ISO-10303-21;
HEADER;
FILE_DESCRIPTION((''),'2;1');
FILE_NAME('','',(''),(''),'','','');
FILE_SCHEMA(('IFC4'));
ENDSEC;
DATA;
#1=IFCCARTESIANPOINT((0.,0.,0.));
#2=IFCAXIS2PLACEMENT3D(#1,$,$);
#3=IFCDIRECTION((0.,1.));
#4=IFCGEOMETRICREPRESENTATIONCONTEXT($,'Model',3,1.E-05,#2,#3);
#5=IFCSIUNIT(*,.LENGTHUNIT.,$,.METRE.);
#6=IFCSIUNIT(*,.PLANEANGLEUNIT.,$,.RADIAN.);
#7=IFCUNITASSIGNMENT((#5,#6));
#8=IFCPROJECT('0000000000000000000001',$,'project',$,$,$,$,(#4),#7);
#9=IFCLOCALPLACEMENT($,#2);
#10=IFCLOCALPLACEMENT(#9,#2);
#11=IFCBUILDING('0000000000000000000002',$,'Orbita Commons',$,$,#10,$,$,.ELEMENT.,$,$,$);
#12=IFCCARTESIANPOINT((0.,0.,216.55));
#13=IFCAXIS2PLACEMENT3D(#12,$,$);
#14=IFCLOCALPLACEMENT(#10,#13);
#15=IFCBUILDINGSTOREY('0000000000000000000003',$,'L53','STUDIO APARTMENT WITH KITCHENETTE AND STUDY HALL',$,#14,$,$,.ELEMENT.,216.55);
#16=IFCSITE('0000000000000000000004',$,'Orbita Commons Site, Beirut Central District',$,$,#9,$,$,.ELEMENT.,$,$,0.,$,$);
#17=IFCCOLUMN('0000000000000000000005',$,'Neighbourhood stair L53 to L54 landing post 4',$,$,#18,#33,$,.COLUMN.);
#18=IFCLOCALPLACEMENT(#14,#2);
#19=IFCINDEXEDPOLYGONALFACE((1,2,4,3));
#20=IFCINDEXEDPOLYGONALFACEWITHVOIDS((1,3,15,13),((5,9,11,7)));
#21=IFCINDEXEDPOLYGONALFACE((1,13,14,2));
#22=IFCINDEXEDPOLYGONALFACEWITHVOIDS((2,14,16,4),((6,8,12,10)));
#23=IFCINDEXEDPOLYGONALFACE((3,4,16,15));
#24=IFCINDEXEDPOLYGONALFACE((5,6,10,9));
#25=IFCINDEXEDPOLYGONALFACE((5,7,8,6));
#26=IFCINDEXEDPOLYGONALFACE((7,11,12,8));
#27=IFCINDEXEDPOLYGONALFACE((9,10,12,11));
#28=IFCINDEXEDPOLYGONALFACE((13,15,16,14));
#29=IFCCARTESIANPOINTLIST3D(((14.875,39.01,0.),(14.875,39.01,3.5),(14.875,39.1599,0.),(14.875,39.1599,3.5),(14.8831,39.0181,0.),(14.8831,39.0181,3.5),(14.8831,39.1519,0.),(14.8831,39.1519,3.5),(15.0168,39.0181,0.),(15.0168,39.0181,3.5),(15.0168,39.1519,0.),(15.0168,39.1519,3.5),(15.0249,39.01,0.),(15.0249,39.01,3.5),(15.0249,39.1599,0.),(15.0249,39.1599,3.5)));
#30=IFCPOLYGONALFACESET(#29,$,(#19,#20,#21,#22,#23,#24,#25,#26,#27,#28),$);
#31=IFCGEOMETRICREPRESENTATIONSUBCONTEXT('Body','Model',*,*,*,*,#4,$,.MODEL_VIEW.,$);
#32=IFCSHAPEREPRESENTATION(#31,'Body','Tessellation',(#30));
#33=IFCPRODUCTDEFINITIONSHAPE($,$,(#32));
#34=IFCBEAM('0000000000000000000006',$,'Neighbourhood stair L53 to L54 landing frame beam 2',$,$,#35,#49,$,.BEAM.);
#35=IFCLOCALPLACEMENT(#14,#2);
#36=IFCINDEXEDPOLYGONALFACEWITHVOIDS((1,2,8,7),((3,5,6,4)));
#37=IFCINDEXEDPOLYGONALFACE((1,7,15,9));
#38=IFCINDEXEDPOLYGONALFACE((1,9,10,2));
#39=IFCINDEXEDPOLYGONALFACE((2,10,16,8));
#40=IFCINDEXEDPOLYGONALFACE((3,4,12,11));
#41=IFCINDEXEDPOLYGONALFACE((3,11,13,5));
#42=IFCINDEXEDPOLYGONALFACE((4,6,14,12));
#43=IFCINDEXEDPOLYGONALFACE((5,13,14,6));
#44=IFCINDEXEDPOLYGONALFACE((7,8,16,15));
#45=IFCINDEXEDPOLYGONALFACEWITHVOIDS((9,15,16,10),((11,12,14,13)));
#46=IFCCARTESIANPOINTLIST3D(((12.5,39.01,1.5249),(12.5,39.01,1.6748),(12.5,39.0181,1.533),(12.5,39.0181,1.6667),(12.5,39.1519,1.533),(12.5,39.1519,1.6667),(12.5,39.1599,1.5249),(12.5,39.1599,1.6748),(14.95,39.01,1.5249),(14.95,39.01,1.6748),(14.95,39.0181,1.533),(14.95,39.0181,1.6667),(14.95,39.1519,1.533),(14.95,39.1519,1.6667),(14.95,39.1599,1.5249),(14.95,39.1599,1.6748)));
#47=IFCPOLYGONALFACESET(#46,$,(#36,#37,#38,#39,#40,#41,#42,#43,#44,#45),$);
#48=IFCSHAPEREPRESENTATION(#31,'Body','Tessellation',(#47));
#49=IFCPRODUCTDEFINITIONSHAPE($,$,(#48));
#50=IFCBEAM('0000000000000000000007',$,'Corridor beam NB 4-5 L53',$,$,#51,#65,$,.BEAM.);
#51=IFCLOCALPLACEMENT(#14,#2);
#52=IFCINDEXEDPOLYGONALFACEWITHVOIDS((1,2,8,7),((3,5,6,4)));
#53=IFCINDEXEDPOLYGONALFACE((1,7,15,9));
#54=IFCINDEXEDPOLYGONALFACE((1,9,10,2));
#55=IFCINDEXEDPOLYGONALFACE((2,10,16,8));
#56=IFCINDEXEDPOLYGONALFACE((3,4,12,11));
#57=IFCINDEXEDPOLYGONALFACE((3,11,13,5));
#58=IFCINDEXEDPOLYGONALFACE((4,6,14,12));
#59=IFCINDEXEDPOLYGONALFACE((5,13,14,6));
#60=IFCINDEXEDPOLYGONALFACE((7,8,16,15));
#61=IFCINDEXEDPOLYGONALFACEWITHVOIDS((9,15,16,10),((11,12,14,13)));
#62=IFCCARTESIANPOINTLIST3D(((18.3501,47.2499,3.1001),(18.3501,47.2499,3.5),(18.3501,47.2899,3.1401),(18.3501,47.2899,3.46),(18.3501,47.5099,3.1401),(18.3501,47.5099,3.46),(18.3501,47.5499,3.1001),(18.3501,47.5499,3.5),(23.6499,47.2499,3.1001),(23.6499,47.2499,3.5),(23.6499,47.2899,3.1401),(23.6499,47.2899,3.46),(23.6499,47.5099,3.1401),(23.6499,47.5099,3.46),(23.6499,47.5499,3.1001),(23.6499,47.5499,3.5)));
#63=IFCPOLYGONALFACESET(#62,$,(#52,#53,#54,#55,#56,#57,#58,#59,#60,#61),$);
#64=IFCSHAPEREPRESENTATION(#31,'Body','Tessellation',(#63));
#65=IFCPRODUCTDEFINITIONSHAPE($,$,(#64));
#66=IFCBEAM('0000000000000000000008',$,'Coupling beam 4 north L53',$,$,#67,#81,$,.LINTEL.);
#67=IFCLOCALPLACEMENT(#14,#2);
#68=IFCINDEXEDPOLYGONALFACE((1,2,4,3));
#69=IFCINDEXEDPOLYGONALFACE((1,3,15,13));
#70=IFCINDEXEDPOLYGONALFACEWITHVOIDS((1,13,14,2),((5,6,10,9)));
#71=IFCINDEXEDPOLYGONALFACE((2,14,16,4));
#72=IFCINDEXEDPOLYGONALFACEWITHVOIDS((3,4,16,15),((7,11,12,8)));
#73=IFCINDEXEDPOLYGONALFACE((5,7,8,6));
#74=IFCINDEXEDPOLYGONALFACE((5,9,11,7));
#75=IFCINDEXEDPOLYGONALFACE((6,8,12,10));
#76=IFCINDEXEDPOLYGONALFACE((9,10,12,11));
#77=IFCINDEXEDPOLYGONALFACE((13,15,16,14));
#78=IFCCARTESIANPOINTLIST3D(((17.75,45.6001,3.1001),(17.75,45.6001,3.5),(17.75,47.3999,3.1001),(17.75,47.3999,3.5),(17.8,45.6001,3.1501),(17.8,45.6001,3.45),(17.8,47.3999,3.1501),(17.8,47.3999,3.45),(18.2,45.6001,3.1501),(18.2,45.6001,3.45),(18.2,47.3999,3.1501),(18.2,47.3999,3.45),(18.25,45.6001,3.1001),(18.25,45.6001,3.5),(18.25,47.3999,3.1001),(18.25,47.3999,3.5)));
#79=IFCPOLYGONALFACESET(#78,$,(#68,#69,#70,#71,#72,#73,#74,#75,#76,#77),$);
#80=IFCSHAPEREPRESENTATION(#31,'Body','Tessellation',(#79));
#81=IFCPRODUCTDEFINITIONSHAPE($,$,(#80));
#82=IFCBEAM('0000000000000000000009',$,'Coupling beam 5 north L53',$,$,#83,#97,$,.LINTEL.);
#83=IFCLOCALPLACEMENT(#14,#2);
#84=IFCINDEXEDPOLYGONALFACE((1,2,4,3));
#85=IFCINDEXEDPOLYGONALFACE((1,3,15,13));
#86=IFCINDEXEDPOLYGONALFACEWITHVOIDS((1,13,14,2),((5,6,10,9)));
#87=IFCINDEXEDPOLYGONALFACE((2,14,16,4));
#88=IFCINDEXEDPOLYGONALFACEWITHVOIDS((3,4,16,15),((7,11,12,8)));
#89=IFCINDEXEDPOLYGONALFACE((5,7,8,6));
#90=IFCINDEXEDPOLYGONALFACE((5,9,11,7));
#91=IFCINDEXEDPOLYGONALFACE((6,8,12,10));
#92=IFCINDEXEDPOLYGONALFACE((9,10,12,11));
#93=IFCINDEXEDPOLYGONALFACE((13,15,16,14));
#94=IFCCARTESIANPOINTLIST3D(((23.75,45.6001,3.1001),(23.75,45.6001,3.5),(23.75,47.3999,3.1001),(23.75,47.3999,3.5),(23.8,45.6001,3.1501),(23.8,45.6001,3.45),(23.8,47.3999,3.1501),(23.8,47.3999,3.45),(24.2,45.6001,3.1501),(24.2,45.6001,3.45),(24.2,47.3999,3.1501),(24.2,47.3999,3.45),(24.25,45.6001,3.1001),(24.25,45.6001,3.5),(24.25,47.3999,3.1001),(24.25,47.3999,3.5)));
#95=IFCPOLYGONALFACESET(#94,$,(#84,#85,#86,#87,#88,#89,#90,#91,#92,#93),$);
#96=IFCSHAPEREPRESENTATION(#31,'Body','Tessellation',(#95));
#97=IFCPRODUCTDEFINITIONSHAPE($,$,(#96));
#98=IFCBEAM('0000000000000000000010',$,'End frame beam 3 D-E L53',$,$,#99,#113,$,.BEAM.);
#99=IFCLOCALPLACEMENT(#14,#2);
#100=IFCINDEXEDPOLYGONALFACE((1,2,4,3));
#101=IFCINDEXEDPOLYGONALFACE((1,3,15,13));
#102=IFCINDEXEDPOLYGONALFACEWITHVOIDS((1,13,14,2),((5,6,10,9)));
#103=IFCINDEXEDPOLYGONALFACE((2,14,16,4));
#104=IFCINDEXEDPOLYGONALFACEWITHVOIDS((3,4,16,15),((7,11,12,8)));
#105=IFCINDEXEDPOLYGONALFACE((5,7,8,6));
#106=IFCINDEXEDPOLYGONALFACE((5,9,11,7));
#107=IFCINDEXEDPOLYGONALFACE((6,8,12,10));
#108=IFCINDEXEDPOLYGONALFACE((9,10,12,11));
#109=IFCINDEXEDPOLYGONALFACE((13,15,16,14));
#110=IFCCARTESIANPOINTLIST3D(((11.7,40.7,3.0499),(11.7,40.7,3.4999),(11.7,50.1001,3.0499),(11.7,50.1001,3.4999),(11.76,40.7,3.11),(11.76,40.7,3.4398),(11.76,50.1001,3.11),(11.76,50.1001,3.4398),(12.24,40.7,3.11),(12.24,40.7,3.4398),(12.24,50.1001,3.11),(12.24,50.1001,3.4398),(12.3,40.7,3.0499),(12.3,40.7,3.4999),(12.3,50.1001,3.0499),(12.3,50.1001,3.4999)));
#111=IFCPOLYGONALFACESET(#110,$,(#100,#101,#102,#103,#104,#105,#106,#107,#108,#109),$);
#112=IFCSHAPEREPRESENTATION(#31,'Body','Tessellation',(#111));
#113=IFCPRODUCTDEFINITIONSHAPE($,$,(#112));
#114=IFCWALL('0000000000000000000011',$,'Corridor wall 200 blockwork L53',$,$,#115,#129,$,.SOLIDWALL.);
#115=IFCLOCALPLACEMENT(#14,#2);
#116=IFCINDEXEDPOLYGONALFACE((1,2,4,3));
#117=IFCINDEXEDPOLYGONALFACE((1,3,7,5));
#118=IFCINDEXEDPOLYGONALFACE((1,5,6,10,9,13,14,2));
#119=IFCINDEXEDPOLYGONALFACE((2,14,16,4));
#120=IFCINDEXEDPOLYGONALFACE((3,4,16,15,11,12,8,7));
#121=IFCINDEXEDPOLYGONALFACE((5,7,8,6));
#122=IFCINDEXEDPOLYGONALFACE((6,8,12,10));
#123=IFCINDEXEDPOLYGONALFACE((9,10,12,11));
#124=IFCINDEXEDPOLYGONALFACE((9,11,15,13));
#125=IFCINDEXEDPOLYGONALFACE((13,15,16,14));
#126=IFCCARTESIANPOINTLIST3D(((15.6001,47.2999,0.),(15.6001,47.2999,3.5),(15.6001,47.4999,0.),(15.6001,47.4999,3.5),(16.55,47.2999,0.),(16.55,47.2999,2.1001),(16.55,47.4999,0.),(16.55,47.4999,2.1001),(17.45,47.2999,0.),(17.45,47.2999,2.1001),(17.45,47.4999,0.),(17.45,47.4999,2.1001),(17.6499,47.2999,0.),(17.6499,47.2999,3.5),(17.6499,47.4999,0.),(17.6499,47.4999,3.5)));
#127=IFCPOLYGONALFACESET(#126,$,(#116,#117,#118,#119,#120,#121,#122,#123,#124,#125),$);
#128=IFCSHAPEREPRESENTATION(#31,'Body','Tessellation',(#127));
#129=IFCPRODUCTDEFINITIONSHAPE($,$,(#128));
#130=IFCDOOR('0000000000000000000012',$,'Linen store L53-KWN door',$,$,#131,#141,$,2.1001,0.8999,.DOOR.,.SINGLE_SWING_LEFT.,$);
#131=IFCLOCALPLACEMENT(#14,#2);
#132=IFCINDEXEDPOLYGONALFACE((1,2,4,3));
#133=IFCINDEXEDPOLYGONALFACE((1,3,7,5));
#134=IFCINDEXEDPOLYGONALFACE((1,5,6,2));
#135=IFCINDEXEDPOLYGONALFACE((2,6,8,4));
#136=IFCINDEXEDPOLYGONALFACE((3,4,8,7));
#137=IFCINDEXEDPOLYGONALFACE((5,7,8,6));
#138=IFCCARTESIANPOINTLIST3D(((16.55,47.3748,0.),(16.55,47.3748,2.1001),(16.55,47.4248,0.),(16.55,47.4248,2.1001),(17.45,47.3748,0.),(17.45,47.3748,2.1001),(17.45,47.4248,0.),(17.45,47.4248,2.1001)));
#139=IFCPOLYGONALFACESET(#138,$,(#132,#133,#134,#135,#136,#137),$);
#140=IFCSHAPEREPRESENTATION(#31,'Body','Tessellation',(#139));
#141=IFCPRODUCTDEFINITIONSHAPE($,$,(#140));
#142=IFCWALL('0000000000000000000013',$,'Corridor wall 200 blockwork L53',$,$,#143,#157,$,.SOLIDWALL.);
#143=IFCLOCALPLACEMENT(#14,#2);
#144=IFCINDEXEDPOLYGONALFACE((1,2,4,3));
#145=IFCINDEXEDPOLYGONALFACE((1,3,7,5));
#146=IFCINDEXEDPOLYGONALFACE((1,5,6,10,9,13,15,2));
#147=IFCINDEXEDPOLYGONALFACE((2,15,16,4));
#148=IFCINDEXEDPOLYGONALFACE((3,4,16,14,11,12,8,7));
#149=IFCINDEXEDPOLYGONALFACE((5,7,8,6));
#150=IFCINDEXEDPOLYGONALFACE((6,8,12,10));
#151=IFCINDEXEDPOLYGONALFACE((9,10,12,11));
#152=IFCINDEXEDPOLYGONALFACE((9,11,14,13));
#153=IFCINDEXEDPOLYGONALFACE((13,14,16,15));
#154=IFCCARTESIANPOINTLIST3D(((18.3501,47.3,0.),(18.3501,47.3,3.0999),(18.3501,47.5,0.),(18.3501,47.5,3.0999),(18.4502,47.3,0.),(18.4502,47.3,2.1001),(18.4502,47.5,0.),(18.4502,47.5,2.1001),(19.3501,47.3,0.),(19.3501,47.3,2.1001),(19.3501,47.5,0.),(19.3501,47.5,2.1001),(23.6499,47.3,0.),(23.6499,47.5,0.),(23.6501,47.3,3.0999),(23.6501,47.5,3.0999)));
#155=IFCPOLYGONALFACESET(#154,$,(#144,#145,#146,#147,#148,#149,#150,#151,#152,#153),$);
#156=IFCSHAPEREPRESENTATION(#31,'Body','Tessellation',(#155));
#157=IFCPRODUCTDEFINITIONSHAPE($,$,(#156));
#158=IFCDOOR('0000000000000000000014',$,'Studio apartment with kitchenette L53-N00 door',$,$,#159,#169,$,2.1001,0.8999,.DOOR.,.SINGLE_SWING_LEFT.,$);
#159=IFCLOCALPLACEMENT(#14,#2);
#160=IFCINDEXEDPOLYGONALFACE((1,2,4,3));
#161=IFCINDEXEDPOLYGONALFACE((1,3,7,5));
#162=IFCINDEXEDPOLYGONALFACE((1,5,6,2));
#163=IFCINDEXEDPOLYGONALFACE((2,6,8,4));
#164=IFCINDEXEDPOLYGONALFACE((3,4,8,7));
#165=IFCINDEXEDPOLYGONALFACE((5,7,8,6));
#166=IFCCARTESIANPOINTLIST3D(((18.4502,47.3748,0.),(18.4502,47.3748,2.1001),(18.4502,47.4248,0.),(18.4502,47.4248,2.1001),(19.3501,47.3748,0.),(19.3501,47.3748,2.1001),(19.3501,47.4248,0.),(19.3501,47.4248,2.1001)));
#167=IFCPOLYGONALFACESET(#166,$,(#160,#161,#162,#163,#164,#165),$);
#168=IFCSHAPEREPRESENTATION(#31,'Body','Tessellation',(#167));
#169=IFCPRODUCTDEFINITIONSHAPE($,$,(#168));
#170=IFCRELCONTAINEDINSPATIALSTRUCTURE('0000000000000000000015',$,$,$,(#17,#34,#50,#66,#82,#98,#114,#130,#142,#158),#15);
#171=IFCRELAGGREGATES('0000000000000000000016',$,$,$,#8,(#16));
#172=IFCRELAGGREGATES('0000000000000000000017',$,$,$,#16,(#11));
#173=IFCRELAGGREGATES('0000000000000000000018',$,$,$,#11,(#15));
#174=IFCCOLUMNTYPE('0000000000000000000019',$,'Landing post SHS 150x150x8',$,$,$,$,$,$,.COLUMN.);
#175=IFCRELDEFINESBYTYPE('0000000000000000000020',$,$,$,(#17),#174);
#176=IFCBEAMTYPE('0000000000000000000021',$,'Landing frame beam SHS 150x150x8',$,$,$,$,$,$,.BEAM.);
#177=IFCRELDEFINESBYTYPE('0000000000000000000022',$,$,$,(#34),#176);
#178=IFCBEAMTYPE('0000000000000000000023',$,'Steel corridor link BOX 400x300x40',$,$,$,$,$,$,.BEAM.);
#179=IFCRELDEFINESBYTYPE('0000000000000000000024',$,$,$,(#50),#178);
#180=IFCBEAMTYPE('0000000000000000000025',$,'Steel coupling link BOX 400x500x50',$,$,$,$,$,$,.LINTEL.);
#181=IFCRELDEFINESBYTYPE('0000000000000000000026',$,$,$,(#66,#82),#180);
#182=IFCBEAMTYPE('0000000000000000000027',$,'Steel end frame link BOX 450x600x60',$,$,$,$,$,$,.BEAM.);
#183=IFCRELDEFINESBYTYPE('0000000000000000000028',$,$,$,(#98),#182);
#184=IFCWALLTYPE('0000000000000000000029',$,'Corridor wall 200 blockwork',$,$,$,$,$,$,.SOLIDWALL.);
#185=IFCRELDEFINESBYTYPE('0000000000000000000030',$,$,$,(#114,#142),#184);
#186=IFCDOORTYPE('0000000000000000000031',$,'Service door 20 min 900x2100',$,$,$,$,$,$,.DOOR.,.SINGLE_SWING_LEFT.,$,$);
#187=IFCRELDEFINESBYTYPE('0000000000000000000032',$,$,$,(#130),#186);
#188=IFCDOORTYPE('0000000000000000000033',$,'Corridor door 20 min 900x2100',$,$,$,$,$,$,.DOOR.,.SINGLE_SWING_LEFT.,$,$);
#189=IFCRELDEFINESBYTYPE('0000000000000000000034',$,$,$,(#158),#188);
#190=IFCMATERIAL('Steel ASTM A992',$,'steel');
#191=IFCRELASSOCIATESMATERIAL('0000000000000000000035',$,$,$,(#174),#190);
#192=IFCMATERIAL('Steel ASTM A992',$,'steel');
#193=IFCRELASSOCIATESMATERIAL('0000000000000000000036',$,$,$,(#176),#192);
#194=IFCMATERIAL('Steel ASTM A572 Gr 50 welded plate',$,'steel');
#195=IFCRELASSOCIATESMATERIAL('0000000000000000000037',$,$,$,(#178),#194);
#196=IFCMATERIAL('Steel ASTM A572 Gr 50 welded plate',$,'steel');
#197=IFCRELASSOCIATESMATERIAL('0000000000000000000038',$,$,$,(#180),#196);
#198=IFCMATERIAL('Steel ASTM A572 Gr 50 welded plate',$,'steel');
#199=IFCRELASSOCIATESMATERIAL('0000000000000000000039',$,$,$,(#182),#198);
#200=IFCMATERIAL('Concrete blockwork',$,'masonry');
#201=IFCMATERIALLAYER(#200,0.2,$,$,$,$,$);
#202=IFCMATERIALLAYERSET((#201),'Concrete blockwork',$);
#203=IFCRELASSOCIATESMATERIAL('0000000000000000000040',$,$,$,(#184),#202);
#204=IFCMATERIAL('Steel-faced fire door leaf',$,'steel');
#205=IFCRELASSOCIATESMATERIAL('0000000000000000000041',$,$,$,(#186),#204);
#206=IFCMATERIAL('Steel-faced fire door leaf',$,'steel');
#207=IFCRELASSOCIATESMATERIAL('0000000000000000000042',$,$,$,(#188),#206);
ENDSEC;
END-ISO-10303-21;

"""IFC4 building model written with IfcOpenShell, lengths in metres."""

from ifc_helpers import new_model, si_unit, direction, frame, frame_2d, origin, origin_2d, place, context, subcontext, project, spatial, polyline, rectangle, hollow_rectangle, outline, extrude, material, layer, layer_set, material_profile, profile_set, type_object, element, fill, save


model = new_model("IFC4")

# Units and contexts
model_context = context("Model", 3, precision=1e-05, world=origin(), true_north=direction((0.0, 1.0)))
body_context = subcontext(model_context, "Body", "Model", "MODEL_VIEW")
ifc_project = project(units=[si_unit("LENGTHUNIT", "METRE"), si_unit("PLANEANGLEUNIT", "RADIAN")], contexts=[model_context])

# Site, building, storey
site_placement = place(None, origin())
site = spatial("IfcSite", under=ifc_project, at=site_placement, Name="Orbita Commons Site, Beirut Central District", CompositionType="ELEMENT", RefElevation=0.0)
building_placement = place(site_placement, origin())
building = spatial("IfcBuilding", under=site, at=building_placement, Name="Orbita Commons", CompositionType="ELEMENT")
storey_placement = place(building_placement, frame((0.0, 0.0, 216.55)))
storey = spatial("IfcBuildingStorey", under=building, at=storey_placement, Name="L53", Description="STUDIO APARTMENT WITH KITCHENETTE AND STUDY HALL", CompositionType="ELEMENT", Elevation=216.55)

# Column
ifc_material_1 = material(Name="Steel ASTM A992", Category="steel")
ifc_material_profile_1 = material_profile(ifc_material_1, hollow_rectangle(XDim=0.1499, YDim=0.1499, WallThickness=0.0081, at=origin_2d()), Name="SHS 150x150x8")
ifc_profile_set_1 = profile_set([ifc_material_profile_1], Name="Steel ASTM A992")
column_type = type_object("IfcColumnType", Name="Landing post SHS 150x150x8", PredefinedType="COLUMN", material=ifc_profile_set_1)
column_placement = place(storey_placement, frame((14.95, 39.085, 0.0), z_axis=(0.0, 0.0, 1.0), x_axis=(1.0, 0.0, 0.0)))
element("IfcColumn", 1, at=column_placement, inside=storey, type_object=column_type, Name="Neighbourhood stair L53 to L54 landing post 4", PredefinedType="COLUMN", context=body_context, shape_type="SweptSolid", body=[
    extrude(hollow_rectangle(XDim=0.1499, YDim=0.1499, WallThickness=0.0081, at=origin_2d()), origin(), (0.0, 0.0, 1.0), 3.5),
])

# Beams
ifc_material_2 = material(Name="Steel ASTM A992", Category="steel")
ifc_material_profile_2 = material_profile(ifc_material_2, hollow_rectangle(XDim=0.1499, YDim=0.1499, WallThickness=0.0081, at=origin_2d()), Name="SHS 150x150x8")
ifc_profile_set_2 = profile_set([ifc_material_profile_2], Name="Steel ASTM A992")
beam_type_1 = type_object("IfcBeamType", Name="Landing frame beam SHS 150x150x8", PredefinedType="BEAM", material=ifc_profile_set_2)
beam_1_placement = place(storey_placement, frame((12.5, 39.085, 1.5999), z_axis=(1.0, 0.0, 0.0), x_axis=(0.0, 1.0, 0.0)))
element("IfcBeam", 2, at=beam_1_placement, inside=storey, type_object=beam_type_1, Name="Neighbourhood stair L53 to L54 landing frame beam 2", PredefinedType="BEAM", context=body_context, shape_type="SweptSolid", body=[
    extrude(hollow_rectangle(XDim=0.1499, YDim=0.1499, WallThickness=0.0081, at=origin_2d()), origin(), (0.0, 0.0, 1.0), 2.45),
])
ifc_material_3 = material(Name="Steel ASTM A572 Gr 50 welded plate", Category="steel")
ifc_material_profile_3 = material_profile(ifc_material_3, hollow_rectangle(XDim=0.3, YDim=0.3999, WallThickness=0.04, at=origin_2d()), Name="BOX 400x300x40")
ifc_profile_set_3 = profile_set([ifc_material_profile_3], Name="Steel ASTM A572 Gr 50 welded plate")
beam_type_2 = type_object("IfcBeamType", Name="Steel corridor link BOX 400x300x40", PredefinedType="BEAM", material=ifc_profile_set_3)
beam_2_placement = place(storey_placement, frame((18.3501, 47.3999, 3.3), z_axis=(1.0, 0.0, 0.0), x_axis=(0.0, 1.0, 0.0)))
element("IfcBeam", 3, at=beam_2_placement, inside=storey, type_object=beam_type_2, Name="Corridor beam NB 4-5 L53", PredefinedType="BEAM", context=body_context, shape_type="SweptSolid", body=[
    extrude(hollow_rectangle(XDim=0.3, YDim=0.3999, WallThickness=0.04, at=origin_2d()), origin(), (0.0, 0.0, 1.0), 5.2998),
])
ifc_material_4 = material(Name="Steel ASTM A572 Gr 50 welded plate", Category="steel")
ifc_material_profile_4 = material_profile(ifc_material_4, hollow_rectangle(XDim=0.5, YDim=0.3999, WallThickness=0.05, at=origin_2d()), Name="BOX 400x500x50")
ifc_profile_set_4 = profile_set([ifc_material_profile_4], Name="Steel ASTM A572 Gr 50 welded plate")
beam_type_3 = type_object("IfcBeamType", Name="Steel coupling link BOX 400x500x50", PredefinedType="LINTEL", material=ifc_profile_set_4)
for number, where, z_axis, x_axis, name in (
    (4, (18.0, 45.6001, 3.3), (0.0, 1.0, 0.0), (-1.0, 0.0, 0.0), "Coupling beam 4 north L53"),
    (5, (24.0, 45.6001, 3.3), (0.0, 1.0, 0.0), (-1.0, 0.0, 0.0), "Coupling beam 5 north L53"),
):
    element("IfcBeam", number, at=place(storey_placement, frame(where, z_axis=z_axis, x_axis=x_axis)), inside=storey, type_object=beam_type_3, Name=name, PredefinedType="LINTEL", context=body_context, shape_type="SweptSolid", body=[
        extrude(hollow_rectangle(XDim=0.5, YDim=0.3999, WallThickness=0.05, at=origin_2d()), origin(), (0.0, 0.0, 1.0), 1.7998),
    ])
ifc_material_5 = material(Name="Steel ASTM A572 Gr 50 welded plate", Category="steel")
ifc_material_profile_5 = material_profile(ifc_material_5, hollow_rectangle(XDim=0.6001, YDim=0.45, WallThickness=0.0601, at=origin_2d()), Name="BOX 450x600x60")
ifc_profile_set_5 = profile_set([ifc_material_profile_5], Name="Steel ASTM A572 Gr 50 welded plate")
beam_type_4 = type_object("IfcBeamType", Name="Steel end frame link BOX 450x600x60", PredefinedType="BEAM", material=ifc_profile_set_5)
beam_3_placement = place(storey_placement, frame((12.0, 40.7, 3.2749), z_axis=(0.0, 1.0, 0.0), x_axis=(-1.0, 0.0, 0.0)))
element("IfcBeam", 6, at=beam_3_placement, inside=storey, type_object=beam_type_4, Name="End frame beam 3 D-E L53", PredefinedType="BEAM", context=body_context, shape_type="SweptSolid", body=[
    extrude(hollow_rectangle(XDim=0.6001, YDim=0.45, WallThickness=0.0601, at=origin_2d()), origin(), (0.0, 0.0, 1.0), 9.4001),
])

# Walls, openings, doors
ifc_material_6 = material(Name="Concrete blockwork", Category="masonry")
ifc_layer_1 = layer(ifc_material_6, 0.2)
ifc_layer_set_1 = layer_set([ifc_layer_1], Name="Concrete blockwork")
wall_type_1 = type_object("IfcWallType", Name="Corridor wall 200 blockwork", PredefinedType="SOLIDWALL", material=ifc_layer_set_1)
wall_1_placement = place(storey_placement, frame((15.6001, 47.3999, 0.0), z_axis=(0.0, 0.0, 1.0), x_axis=(1.0, 0.0, 0.0)))
wall_1 = element("IfcWall", 7, at=wall_1_placement, inside=storey, type_object=wall_type_1, Name="Corridor wall 200 blockwork L53", PredefinedType="SOLIDWALL", context=body_context, shape_type="SweptSolid", body=[
    extrude(rectangle(XDim=2.0498, YDim=0.2, at=frame_2d((1.0249, 0.0))), origin(), (0.0, 0.0, 1.0), 3.5),
])
opening_1_placement = place(wall_1_placement, frame((0.95, 0.0, 0.0)))
opening_1 = element("IfcOpeningElement", 8, at=opening_1_placement, cuts=wall_1, PredefinedType="OPENING", context=body_context, shape_type="SweptSolid", body=[
    extrude(rectangle(XDim=0.8999, YDim=2.1001, at=frame_2d((0.45, 1.05))), frame((0.0, 0.1099, 0.0), z_axis=(0.0, -1.0, 0.0), x_axis=(1.0, 0.0, 0.0)), (0.0, 0.0, 1.0), 0.22),
])
ifc_material_7 = material(Name="Steel-faced fire door leaf", Category="steel")
door_type_1 = type_object("IfcDoorType", Name="Service door 20 min 900x2100", OperationType="SINGLE_SWING_LEFT", PredefinedType="DOOR", material=ifc_material_7)
door_1_placement = place(opening_1_placement, origin())
door_1 = element("IfcDoor", 9, at=door_1_placement, inside=storey, type_object=door_type_1, Name="Linen store L53-KWN door", OperationType="SINGLE_SWING_LEFT", OverallHeight=2.1001, OverallWidth=0.8999, PredefinedType="DOOR", context=body_context, shape_type="SweptSolid", body=[
    extrude(rectangle(XDim=0.8999, YDim=2.1001, at=frame_2d((0.45, 1.05))), frame((0.0, 0.0249, 0.0), z_axis=(0.0, -1.0, 0.0), x_axis=(1.0, 0.0, 0.0)), (0.0, 0.0, 1.0), 0.05),
])
fill(opening_1, door_1)
wall_2_placement = place(storey_placement, frame((18.3501, 47.3999, 0.0), z_axis=(0.0, 0.0, 1.0), x_axis=(1.0, 0.0, 0.0)))
wall_2 = element("IfcWall", 10, at=wall_2_placement, inside=storey, type_object=wall_type_1, Name="Corridor wall 200 blockwork L53", PredefinedType="SOLIDWALL", context=body_context, shape_type="SweptSolid", body=[
    extrude(outline(polyline([(0.0, 0.0), (5.2998, 0.0), (5.3, 3.0999), (0.0, 3.0999), (0.0, 0.0)])), frame((0.0, 0.1001, 0.0), z_axis=(0.0, -1.0, 0.0), x_axis=(1.0, 0.0, 0.0)), (0.0, 0.0, 1.0), 0.2),
])
opening_2_placement = place(wall_2_placement, frame((0.1001, 0.0, 0.0)))
opening_2 = element("IfcOpeningElement", 11, at=opening_2_placement, cuts=wall_2, PredefinedType="OPENING", context=body_context, shape_type="SweptSolid", body=[
    extrude(rectangle(XDim=0.8999, YDim=2.1001, at=frame_2d((0.45, 1.05))), frame((0.0, 0.1099, 0.0), z_axis=(0.0, -1.0, 0.0), x_axis=(1.0, 0.0, 0.0)), (0.0, 0.0, 1.0), 0.22),
])
ifc_material_8 = material(Name="Steel-faced fire door leaf", Category="steel")
door_type_2 = type_object("IfcDoorType", Name="Corridor door 20 min 900x2100", OperationType="SINGLE_SWING_LEFT", PredefinedType="DOOR", material=ifc_material_8)
door_2_placement = place(opening_2_placement, origin())
door_2 = element("IfcDoor", 12, at=door_2_placement, inside=storey, type_object=door_type_2, Name="Studio apartment with kitchenette L53-N00 door", OperationType="SINGLE_SWING_LEFT", OverallHeight=2.1001, OverallWidth=0.8999, PredefinedType="DOOR", context=body_context, shape_type="SweptSolid", body=[
    extrude(rectangle(XDim=0.8999, YDim=2.1001, at=frame_2d((0.45, 1.05))), frame((0.0, 0.0249, 0.0), z_axis=(0.0, -1.0, 0.0), x_axis=(1.0, 0.0, 0.0)), (0.0, 0.0, 1.0), 0.05),
])
fill(opening_2, door_2)

save(model, "model.ifc")
